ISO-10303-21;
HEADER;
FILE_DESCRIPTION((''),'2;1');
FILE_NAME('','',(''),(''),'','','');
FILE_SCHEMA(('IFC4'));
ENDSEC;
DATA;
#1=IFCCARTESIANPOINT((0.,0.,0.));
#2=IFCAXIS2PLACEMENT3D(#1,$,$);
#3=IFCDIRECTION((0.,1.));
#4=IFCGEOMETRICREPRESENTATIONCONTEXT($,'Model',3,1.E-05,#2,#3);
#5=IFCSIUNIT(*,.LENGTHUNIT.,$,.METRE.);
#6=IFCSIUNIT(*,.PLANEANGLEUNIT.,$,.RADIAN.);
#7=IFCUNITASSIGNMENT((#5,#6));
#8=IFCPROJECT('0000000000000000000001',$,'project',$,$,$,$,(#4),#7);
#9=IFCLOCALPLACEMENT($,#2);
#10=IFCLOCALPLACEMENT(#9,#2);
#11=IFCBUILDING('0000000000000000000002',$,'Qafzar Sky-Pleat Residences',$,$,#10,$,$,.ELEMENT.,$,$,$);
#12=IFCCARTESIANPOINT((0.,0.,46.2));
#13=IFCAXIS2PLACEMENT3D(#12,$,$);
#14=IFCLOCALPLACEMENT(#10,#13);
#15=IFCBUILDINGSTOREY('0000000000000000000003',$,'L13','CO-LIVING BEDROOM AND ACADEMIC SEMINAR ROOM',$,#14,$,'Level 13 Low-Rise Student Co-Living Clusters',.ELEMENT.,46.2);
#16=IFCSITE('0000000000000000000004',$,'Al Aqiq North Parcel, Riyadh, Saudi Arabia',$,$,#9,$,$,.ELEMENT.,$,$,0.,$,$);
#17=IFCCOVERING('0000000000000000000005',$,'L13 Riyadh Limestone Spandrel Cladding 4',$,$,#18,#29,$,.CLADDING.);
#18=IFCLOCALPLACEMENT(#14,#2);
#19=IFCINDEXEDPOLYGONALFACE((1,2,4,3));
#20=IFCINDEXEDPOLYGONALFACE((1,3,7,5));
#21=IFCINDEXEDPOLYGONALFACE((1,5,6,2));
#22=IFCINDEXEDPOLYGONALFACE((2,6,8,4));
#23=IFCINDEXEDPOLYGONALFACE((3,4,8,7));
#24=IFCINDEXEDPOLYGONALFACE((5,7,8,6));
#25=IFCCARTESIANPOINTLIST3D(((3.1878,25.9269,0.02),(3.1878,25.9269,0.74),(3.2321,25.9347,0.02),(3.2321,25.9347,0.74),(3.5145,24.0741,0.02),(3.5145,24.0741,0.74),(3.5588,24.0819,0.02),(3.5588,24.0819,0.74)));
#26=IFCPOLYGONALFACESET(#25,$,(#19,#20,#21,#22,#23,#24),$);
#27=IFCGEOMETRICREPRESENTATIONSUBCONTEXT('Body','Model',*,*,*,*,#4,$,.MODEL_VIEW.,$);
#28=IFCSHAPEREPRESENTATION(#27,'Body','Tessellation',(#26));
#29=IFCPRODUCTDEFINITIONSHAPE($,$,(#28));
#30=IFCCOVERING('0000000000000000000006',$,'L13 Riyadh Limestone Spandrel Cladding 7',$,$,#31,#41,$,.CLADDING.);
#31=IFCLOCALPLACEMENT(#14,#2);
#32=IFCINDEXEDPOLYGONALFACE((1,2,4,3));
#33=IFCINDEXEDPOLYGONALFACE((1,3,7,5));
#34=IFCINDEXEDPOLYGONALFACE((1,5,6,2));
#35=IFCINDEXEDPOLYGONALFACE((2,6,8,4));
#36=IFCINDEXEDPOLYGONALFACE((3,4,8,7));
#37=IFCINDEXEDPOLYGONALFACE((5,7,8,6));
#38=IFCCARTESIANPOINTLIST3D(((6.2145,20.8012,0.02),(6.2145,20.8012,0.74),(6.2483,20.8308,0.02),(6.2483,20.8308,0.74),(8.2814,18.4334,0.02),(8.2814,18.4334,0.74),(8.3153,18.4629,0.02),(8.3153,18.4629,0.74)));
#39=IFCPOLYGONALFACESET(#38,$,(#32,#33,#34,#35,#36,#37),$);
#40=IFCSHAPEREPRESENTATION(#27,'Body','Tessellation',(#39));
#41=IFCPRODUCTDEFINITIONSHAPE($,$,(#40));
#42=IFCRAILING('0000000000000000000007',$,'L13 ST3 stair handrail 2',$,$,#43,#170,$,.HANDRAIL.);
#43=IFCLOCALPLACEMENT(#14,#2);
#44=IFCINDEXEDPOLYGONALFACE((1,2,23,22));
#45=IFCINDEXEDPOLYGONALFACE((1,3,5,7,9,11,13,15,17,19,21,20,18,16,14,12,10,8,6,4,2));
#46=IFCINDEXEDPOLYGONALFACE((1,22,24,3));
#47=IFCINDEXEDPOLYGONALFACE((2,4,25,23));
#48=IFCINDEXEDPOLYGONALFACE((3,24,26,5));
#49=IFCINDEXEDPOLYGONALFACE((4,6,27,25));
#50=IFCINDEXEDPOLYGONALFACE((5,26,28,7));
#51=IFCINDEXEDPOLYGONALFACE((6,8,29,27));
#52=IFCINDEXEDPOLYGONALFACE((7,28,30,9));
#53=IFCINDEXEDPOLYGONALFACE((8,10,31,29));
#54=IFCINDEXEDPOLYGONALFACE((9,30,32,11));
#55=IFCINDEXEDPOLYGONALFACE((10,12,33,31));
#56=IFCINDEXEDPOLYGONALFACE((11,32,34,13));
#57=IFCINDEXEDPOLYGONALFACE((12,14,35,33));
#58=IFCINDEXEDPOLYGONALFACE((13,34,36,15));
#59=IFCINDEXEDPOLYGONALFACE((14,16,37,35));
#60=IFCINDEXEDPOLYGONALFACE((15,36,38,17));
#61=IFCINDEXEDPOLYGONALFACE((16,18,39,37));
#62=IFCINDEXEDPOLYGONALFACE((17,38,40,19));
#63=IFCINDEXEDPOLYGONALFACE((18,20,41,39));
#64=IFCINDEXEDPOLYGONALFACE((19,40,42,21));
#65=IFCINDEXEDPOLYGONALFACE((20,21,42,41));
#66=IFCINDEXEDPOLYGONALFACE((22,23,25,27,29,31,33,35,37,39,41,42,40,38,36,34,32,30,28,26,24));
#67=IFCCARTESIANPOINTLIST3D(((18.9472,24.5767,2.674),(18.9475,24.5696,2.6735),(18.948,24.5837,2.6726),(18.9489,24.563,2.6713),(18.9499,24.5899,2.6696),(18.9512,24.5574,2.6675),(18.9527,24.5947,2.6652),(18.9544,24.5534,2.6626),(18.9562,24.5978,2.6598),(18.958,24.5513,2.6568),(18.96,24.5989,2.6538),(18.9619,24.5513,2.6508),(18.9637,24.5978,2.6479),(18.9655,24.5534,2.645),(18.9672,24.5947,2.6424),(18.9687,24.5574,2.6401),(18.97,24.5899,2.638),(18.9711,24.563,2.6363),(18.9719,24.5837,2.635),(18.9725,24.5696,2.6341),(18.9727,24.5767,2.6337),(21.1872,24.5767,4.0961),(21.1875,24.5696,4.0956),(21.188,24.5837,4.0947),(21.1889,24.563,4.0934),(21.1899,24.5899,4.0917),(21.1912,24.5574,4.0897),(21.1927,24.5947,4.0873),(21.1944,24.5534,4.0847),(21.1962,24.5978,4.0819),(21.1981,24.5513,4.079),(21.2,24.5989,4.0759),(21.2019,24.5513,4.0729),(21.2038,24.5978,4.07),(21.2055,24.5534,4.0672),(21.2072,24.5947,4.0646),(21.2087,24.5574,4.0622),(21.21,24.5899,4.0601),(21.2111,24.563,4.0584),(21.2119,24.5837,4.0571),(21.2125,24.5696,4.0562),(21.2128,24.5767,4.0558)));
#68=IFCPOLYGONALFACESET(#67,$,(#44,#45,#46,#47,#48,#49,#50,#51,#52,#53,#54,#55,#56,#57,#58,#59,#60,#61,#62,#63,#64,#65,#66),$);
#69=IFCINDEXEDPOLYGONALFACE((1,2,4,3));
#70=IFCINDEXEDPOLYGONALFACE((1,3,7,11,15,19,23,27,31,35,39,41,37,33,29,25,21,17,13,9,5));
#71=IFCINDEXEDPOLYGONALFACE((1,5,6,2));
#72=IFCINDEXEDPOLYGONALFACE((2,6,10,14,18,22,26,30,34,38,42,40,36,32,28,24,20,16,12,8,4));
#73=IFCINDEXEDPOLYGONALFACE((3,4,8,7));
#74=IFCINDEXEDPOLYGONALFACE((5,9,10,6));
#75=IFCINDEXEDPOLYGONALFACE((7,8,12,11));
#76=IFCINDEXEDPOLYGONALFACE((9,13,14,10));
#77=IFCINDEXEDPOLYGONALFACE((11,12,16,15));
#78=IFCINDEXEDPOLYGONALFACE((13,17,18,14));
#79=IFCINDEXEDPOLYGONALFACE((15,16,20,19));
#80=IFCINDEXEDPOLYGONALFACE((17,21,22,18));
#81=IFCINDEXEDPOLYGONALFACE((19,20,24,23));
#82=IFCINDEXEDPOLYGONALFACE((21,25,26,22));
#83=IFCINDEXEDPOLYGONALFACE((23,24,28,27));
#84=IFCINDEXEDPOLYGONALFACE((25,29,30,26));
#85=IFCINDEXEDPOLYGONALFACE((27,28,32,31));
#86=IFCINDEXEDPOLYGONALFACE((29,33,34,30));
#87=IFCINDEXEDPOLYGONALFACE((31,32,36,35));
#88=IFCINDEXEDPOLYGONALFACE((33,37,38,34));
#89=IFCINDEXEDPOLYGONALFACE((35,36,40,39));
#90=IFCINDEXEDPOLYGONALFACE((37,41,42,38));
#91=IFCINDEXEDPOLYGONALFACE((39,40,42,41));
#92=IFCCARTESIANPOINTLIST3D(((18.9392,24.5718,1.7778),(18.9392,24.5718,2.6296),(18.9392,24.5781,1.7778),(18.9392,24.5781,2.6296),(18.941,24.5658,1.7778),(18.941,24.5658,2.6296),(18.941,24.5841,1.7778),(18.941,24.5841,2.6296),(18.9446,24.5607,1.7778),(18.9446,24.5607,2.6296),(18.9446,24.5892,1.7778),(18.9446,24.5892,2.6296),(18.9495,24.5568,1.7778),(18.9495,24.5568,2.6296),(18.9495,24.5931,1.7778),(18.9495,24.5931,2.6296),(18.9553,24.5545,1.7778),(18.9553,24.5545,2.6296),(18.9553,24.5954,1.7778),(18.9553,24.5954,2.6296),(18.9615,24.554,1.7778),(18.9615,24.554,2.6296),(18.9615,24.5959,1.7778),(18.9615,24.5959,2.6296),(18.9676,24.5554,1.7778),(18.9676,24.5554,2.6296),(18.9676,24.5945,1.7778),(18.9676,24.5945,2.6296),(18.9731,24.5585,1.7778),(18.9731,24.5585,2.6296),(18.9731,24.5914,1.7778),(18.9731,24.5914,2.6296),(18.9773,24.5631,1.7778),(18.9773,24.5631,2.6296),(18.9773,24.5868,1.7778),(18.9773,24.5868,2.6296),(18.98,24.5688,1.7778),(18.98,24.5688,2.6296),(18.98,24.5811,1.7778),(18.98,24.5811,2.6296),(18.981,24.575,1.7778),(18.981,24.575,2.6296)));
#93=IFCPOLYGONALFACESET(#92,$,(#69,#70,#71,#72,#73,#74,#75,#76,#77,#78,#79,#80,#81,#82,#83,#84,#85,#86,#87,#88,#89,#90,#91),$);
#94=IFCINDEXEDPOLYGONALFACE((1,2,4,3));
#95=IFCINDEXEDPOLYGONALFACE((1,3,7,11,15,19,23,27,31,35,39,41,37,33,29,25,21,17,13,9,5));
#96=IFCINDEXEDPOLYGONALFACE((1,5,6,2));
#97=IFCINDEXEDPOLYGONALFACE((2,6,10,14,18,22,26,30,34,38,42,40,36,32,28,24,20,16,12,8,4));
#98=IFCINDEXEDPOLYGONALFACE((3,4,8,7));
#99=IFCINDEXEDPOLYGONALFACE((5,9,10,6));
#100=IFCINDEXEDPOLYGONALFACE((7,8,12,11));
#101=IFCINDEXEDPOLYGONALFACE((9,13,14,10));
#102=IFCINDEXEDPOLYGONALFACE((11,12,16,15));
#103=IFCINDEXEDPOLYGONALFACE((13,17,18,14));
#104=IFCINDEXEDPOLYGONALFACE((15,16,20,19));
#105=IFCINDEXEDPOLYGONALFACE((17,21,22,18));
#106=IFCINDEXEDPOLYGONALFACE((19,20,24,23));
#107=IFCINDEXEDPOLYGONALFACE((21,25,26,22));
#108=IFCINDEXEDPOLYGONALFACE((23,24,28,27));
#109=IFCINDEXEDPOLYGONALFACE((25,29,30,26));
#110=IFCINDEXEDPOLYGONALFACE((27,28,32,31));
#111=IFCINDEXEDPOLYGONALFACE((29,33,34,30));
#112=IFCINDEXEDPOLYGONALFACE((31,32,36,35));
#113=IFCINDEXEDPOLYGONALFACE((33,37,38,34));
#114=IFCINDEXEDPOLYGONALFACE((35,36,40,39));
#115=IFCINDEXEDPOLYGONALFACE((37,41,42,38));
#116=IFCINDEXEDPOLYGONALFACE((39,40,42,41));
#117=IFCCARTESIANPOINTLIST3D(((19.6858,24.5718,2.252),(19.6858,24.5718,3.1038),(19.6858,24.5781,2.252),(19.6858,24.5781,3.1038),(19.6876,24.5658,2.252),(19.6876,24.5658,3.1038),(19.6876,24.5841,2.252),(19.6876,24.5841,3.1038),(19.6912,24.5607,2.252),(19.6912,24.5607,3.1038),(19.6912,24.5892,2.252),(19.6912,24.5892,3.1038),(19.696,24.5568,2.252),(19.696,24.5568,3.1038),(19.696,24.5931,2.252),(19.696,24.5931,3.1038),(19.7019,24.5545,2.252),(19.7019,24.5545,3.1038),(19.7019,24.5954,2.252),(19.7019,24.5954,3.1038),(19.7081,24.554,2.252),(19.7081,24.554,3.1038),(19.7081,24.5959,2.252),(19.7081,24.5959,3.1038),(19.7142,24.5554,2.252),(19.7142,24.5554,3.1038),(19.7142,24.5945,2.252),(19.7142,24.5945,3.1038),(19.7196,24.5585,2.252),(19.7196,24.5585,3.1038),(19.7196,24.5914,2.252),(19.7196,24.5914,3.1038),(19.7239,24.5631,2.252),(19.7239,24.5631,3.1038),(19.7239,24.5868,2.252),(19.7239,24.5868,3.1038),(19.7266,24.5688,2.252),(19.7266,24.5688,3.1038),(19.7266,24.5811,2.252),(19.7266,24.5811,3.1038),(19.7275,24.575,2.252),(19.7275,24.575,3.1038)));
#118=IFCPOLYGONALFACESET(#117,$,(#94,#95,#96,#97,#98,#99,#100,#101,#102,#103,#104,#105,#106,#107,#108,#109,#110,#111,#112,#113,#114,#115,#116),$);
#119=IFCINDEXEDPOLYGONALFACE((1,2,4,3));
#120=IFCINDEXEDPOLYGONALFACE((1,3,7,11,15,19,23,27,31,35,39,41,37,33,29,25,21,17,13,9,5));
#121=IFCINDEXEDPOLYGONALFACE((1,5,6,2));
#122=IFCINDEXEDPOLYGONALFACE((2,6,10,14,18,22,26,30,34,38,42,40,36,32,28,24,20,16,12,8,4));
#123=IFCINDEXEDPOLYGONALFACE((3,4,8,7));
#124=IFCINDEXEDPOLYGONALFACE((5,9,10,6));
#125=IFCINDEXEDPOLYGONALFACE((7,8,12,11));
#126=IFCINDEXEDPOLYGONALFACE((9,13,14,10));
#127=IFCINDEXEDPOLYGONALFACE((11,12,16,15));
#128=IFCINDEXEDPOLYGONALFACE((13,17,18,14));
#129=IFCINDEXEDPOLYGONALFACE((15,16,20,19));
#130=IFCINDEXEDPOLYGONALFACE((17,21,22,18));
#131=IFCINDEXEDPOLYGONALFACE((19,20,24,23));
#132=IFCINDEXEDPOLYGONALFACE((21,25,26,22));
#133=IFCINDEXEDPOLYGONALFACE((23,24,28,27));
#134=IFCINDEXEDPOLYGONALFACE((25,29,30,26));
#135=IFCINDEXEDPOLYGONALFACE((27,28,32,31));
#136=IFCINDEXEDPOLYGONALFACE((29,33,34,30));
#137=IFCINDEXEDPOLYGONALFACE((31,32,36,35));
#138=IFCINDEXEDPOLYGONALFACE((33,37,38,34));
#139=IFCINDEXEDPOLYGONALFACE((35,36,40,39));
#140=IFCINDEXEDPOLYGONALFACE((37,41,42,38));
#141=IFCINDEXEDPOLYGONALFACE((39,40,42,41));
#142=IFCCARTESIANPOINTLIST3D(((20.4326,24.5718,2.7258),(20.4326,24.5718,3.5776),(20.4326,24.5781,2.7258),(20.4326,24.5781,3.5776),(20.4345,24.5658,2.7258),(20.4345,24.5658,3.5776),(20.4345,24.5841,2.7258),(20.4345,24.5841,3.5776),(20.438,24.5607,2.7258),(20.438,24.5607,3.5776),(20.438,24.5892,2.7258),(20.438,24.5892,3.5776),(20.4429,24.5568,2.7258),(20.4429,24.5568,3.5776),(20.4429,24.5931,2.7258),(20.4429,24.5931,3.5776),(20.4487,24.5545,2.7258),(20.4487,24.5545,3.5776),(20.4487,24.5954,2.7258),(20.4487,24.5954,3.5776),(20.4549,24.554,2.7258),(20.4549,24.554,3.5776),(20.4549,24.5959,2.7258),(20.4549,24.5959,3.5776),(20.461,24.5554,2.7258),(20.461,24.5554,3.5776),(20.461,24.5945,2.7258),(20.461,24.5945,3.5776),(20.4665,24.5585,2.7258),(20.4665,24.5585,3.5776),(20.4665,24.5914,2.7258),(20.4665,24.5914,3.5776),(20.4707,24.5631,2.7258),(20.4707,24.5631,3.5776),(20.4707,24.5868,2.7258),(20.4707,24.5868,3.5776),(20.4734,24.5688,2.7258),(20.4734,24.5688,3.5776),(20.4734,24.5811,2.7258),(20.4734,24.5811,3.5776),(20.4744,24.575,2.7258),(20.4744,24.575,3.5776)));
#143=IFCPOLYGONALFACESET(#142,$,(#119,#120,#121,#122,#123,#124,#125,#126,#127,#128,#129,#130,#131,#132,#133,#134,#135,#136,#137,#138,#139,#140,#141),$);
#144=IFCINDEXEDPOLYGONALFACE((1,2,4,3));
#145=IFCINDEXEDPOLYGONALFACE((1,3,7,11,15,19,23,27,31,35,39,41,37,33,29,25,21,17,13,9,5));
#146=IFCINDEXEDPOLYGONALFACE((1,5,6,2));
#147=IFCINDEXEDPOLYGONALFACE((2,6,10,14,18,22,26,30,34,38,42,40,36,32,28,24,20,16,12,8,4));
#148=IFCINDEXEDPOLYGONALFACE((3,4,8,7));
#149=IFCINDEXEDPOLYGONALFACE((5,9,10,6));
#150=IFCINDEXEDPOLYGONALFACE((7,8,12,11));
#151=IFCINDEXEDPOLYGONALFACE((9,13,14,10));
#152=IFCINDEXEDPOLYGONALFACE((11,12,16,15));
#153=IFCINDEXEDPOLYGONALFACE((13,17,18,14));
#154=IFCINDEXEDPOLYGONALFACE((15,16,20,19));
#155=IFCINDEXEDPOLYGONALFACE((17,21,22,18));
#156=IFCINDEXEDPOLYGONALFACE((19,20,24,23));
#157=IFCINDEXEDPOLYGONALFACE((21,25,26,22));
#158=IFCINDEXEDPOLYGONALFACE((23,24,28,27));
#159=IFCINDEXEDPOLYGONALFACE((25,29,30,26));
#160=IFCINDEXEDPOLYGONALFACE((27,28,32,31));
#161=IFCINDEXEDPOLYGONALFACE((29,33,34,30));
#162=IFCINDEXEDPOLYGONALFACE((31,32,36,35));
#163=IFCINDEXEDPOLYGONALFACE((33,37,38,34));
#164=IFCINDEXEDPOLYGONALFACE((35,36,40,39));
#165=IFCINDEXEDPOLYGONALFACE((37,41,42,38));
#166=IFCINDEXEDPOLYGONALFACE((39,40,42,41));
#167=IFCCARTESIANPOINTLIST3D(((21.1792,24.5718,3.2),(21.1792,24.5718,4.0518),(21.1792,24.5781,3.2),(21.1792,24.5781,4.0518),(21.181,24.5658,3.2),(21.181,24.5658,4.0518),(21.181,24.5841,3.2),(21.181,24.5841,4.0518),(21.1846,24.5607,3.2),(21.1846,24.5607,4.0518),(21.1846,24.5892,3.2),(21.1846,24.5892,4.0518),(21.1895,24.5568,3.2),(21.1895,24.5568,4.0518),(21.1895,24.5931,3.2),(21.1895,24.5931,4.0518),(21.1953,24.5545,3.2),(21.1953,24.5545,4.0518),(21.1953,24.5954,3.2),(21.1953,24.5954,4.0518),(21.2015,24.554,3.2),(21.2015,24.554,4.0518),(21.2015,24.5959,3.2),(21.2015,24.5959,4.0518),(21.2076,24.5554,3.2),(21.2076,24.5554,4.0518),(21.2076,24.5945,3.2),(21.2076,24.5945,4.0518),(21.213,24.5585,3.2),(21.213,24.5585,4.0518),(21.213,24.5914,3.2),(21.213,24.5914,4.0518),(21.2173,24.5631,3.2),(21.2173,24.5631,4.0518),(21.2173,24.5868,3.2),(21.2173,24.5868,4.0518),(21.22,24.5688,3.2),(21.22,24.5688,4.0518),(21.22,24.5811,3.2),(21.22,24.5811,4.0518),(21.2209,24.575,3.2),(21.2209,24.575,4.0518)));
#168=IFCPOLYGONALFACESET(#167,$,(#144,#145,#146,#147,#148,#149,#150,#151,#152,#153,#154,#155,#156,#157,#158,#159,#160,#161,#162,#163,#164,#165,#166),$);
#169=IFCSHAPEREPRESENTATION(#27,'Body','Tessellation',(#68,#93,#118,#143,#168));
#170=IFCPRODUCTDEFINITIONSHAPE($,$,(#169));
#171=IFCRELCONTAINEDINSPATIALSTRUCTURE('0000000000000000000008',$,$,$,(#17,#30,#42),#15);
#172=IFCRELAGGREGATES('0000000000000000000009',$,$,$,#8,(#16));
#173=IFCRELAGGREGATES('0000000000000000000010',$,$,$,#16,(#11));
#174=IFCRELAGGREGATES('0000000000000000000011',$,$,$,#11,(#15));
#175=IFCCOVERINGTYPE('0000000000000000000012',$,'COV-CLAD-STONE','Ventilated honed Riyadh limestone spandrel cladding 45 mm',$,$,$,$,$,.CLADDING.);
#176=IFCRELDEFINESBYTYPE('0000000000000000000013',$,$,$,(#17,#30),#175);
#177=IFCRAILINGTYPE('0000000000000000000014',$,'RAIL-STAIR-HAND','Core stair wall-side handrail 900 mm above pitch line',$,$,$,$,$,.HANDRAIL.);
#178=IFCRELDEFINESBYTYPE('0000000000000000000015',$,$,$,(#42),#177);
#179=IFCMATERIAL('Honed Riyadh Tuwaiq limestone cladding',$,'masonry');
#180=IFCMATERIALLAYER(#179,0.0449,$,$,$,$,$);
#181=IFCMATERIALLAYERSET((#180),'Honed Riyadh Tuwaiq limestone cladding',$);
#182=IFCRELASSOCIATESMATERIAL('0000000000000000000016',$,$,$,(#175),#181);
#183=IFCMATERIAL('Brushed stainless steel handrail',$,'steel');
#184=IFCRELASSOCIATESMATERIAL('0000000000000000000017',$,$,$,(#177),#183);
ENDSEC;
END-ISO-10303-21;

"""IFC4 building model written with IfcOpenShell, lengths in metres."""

from ifc_helpers import new_model, si_unit, direction, frame, origin, origin_2d, place, context, subcontext, project, spatial, rectangle, circle, extrude, source, transform, mapped, material, layer, layer_set, type_object, element, save


model = new_model("IFC4")

# Units and contexts
model_context = context("Model", 3, precision=1e-05, world=origin(), true_north=direction((0.0, 1.0)))
body_context = subcontext(model_context, "Body", "Model", "MODEL_VIEW")
ifc_project = project(units=[si_unit("LENGTHUNIT", "METRE"), si_unit("PLANEANGLEUNIT", "RADIAN")], contexts=[model_context])

# Site, building, storey
site_placement = place(None, origin())
site = spatial("IfcSite", under=ifc_project, at=site_placement, Name="Al Aqiq North Parcel, Riyadh, Saudi Arabia", CompositionType="ELEMENT", RefElevation=0.0)
building_placement = place(site_placement, origin())
building = spatial("IfcBuilding", under=site, at=building_placement, Name="Qafzar Sky-Pleat Residences", CompositionType="ELEMENT")
storey_placement = place(building_placement, frame((0.0, 0.0, 46.2)))
storey = spatial("IfcBuildingStorey", under=building, at=storey_placement, Name="L13", Description="CO-LIVING BEDROOM AND ACADEMIC SEMINAR ROOM", LongName="Level 13 Low-Rise Student Co-Living Clusters", CompositionType="ELEMENT", Elevation=46.2)

# Covering
ifc_material_1 = material(Name="Honed Riyadh Tuwaiq limestone cladding", Category="masonry")
ifc_layer_1 = layer(ifc_material_1, 0.0449)
ifc_layer_set_1 = layer_set([ifc_layer_1], Name="Honed Riyadh Tuwaiq limestone cladding")
covering_type = type_object("IfcCoveringType", Name="COV-CLAD-STONE", Description="Ventilated honed Riyadh limestone spandrel cladding 45 mm", PredefinedType="CLADDING", material=ifc_layer_set_1)
shared_shape_1 = source(origin(), body_context, "Body", "SweptSolid", [
    extrude(rectangle(XDim=1.8813, YDim=0.0449, at=origin_2d()), origin(), (0.0, 0.0, 1.0), 0.72),
])
covering_1_placement = place(storey_placement, frame((3.3733, 25.0044, 0.02), z_axis=(0.0, 0.0, 1.0), x_axis=(0.173663, -0.984805, 0.0)))
element("IfcCovering", 1, at=covering_1_placement, inside=storey, type_object=covering_type, Name="L13 Riyadh Limestone Spandrel Cladding 4", PredefinedType="CLADDING", context=body_context, shape_type="MappedRepresentation", body=[
    mapped(shared_shape_1, transform((0.0, 0.0, 0.0), x_axis=(1.0, 0.0, 0.0), y_axis=(0.0, 1.0, 0.0), z_axis=(0.0, 0.0, 1.0), scale=1.0)),
])

# Covering
shared_shape_2 = source(origin(), body_context, "Body", "SweptSolid", [
    extrude(rectangle(XDim=3.1431, YDim=0.0449, at=origin_2d()), origin(), (0.0, 0.0, 1.0), 0.72),
])
covering_2_placement = place(storey_placement, frame((7.2649, 19.6321, 0.02), z_axis=(0.0, 0.0, 1.0), x_axis=(0.657622, -0.753348, 0.0)))
element("IfcCovering", 2, at=covering_2_placement, inside=storey, type_object=covering_type, Name="L13 Riyadh Limestone Spandrel Cladding 7", PredefinedType="CLADDING", context=body_context, shape_type="MappedRepresentation", body=[
    mapped(shared_shape_2, transform((0.0, 0.0, 0.0), x_axis=(1.0, 0.0, 0.0), y_axis=(0.0, 1.0, 0.0), z_axis=(0.0, 0.0, 1.0), scale=1.0)),
])

# Railing
ifc_material_2 = material(Name="Brushed stainless steel handrail", Category="steel")
railing_type_1 = type_object("IfcRailingType", Name="RAIL-STAIR-HAND", Description="Core stair wall-side handrail 900 mm above pitch line", PredefinedType="HANDRAIL", material=ifc_material_2)
shared_shape_3 = source(origin(), body_context, "Body", "SweptSolid", [
    extrude(circle(Radius=0.0239, at=origin_2d()), frame((0.0, 0.0, 0.876), z_axis=(0.844229, 0.0, 0.535982), x_axis=(0.0, 1.0, 0.0)), (0.0, 0.0, 1.0), 2.6533),
    extrude(circle(Radius=0.021, at=origin_2d()), origin(), (0.0, 0.0, 1.0), 0.8518),
    extrude(circle(Radius=0.021, at=origin_2d()), frame((0.7466, 0.0, 0.4741)), (0.0, 0.0, 1.0), 0.8518),
    extrude(circle(Radius=0.021, at=origin_2d()), frame((1.4934, 0.0, 0.948)), (0.0, 0.0, 1.0), 0.8518),
    extrude(circle(Radius=0.021, at=origin_2d()), frame((2.24, 0.0, 1.4221)), (0.0, 0.0, 1.0), 0.8518),
])
railing_1_placement = place(storey_placement, frame((18.96, 24.575, 1.7778)))
element("IfcRailing", 3, at=railing_1_placement, inside=storey, type_object=railing_type_1, Name="L13 ST3 stair handrail 2", PredefinedType="HANDRAIL", context=body_context, shape_type="MappedRepresentation", body=[
    mapped(shared_shape_3, transform((0.0, 0.0, 0.0), x_axis=(1.0, 0.0, 0.0), y_axis=(0.0, 1.0, 0.0), z_axis=(0.0, 0.0, 1.0), scale=1.0)),
])

save(model, "model.ifc")
